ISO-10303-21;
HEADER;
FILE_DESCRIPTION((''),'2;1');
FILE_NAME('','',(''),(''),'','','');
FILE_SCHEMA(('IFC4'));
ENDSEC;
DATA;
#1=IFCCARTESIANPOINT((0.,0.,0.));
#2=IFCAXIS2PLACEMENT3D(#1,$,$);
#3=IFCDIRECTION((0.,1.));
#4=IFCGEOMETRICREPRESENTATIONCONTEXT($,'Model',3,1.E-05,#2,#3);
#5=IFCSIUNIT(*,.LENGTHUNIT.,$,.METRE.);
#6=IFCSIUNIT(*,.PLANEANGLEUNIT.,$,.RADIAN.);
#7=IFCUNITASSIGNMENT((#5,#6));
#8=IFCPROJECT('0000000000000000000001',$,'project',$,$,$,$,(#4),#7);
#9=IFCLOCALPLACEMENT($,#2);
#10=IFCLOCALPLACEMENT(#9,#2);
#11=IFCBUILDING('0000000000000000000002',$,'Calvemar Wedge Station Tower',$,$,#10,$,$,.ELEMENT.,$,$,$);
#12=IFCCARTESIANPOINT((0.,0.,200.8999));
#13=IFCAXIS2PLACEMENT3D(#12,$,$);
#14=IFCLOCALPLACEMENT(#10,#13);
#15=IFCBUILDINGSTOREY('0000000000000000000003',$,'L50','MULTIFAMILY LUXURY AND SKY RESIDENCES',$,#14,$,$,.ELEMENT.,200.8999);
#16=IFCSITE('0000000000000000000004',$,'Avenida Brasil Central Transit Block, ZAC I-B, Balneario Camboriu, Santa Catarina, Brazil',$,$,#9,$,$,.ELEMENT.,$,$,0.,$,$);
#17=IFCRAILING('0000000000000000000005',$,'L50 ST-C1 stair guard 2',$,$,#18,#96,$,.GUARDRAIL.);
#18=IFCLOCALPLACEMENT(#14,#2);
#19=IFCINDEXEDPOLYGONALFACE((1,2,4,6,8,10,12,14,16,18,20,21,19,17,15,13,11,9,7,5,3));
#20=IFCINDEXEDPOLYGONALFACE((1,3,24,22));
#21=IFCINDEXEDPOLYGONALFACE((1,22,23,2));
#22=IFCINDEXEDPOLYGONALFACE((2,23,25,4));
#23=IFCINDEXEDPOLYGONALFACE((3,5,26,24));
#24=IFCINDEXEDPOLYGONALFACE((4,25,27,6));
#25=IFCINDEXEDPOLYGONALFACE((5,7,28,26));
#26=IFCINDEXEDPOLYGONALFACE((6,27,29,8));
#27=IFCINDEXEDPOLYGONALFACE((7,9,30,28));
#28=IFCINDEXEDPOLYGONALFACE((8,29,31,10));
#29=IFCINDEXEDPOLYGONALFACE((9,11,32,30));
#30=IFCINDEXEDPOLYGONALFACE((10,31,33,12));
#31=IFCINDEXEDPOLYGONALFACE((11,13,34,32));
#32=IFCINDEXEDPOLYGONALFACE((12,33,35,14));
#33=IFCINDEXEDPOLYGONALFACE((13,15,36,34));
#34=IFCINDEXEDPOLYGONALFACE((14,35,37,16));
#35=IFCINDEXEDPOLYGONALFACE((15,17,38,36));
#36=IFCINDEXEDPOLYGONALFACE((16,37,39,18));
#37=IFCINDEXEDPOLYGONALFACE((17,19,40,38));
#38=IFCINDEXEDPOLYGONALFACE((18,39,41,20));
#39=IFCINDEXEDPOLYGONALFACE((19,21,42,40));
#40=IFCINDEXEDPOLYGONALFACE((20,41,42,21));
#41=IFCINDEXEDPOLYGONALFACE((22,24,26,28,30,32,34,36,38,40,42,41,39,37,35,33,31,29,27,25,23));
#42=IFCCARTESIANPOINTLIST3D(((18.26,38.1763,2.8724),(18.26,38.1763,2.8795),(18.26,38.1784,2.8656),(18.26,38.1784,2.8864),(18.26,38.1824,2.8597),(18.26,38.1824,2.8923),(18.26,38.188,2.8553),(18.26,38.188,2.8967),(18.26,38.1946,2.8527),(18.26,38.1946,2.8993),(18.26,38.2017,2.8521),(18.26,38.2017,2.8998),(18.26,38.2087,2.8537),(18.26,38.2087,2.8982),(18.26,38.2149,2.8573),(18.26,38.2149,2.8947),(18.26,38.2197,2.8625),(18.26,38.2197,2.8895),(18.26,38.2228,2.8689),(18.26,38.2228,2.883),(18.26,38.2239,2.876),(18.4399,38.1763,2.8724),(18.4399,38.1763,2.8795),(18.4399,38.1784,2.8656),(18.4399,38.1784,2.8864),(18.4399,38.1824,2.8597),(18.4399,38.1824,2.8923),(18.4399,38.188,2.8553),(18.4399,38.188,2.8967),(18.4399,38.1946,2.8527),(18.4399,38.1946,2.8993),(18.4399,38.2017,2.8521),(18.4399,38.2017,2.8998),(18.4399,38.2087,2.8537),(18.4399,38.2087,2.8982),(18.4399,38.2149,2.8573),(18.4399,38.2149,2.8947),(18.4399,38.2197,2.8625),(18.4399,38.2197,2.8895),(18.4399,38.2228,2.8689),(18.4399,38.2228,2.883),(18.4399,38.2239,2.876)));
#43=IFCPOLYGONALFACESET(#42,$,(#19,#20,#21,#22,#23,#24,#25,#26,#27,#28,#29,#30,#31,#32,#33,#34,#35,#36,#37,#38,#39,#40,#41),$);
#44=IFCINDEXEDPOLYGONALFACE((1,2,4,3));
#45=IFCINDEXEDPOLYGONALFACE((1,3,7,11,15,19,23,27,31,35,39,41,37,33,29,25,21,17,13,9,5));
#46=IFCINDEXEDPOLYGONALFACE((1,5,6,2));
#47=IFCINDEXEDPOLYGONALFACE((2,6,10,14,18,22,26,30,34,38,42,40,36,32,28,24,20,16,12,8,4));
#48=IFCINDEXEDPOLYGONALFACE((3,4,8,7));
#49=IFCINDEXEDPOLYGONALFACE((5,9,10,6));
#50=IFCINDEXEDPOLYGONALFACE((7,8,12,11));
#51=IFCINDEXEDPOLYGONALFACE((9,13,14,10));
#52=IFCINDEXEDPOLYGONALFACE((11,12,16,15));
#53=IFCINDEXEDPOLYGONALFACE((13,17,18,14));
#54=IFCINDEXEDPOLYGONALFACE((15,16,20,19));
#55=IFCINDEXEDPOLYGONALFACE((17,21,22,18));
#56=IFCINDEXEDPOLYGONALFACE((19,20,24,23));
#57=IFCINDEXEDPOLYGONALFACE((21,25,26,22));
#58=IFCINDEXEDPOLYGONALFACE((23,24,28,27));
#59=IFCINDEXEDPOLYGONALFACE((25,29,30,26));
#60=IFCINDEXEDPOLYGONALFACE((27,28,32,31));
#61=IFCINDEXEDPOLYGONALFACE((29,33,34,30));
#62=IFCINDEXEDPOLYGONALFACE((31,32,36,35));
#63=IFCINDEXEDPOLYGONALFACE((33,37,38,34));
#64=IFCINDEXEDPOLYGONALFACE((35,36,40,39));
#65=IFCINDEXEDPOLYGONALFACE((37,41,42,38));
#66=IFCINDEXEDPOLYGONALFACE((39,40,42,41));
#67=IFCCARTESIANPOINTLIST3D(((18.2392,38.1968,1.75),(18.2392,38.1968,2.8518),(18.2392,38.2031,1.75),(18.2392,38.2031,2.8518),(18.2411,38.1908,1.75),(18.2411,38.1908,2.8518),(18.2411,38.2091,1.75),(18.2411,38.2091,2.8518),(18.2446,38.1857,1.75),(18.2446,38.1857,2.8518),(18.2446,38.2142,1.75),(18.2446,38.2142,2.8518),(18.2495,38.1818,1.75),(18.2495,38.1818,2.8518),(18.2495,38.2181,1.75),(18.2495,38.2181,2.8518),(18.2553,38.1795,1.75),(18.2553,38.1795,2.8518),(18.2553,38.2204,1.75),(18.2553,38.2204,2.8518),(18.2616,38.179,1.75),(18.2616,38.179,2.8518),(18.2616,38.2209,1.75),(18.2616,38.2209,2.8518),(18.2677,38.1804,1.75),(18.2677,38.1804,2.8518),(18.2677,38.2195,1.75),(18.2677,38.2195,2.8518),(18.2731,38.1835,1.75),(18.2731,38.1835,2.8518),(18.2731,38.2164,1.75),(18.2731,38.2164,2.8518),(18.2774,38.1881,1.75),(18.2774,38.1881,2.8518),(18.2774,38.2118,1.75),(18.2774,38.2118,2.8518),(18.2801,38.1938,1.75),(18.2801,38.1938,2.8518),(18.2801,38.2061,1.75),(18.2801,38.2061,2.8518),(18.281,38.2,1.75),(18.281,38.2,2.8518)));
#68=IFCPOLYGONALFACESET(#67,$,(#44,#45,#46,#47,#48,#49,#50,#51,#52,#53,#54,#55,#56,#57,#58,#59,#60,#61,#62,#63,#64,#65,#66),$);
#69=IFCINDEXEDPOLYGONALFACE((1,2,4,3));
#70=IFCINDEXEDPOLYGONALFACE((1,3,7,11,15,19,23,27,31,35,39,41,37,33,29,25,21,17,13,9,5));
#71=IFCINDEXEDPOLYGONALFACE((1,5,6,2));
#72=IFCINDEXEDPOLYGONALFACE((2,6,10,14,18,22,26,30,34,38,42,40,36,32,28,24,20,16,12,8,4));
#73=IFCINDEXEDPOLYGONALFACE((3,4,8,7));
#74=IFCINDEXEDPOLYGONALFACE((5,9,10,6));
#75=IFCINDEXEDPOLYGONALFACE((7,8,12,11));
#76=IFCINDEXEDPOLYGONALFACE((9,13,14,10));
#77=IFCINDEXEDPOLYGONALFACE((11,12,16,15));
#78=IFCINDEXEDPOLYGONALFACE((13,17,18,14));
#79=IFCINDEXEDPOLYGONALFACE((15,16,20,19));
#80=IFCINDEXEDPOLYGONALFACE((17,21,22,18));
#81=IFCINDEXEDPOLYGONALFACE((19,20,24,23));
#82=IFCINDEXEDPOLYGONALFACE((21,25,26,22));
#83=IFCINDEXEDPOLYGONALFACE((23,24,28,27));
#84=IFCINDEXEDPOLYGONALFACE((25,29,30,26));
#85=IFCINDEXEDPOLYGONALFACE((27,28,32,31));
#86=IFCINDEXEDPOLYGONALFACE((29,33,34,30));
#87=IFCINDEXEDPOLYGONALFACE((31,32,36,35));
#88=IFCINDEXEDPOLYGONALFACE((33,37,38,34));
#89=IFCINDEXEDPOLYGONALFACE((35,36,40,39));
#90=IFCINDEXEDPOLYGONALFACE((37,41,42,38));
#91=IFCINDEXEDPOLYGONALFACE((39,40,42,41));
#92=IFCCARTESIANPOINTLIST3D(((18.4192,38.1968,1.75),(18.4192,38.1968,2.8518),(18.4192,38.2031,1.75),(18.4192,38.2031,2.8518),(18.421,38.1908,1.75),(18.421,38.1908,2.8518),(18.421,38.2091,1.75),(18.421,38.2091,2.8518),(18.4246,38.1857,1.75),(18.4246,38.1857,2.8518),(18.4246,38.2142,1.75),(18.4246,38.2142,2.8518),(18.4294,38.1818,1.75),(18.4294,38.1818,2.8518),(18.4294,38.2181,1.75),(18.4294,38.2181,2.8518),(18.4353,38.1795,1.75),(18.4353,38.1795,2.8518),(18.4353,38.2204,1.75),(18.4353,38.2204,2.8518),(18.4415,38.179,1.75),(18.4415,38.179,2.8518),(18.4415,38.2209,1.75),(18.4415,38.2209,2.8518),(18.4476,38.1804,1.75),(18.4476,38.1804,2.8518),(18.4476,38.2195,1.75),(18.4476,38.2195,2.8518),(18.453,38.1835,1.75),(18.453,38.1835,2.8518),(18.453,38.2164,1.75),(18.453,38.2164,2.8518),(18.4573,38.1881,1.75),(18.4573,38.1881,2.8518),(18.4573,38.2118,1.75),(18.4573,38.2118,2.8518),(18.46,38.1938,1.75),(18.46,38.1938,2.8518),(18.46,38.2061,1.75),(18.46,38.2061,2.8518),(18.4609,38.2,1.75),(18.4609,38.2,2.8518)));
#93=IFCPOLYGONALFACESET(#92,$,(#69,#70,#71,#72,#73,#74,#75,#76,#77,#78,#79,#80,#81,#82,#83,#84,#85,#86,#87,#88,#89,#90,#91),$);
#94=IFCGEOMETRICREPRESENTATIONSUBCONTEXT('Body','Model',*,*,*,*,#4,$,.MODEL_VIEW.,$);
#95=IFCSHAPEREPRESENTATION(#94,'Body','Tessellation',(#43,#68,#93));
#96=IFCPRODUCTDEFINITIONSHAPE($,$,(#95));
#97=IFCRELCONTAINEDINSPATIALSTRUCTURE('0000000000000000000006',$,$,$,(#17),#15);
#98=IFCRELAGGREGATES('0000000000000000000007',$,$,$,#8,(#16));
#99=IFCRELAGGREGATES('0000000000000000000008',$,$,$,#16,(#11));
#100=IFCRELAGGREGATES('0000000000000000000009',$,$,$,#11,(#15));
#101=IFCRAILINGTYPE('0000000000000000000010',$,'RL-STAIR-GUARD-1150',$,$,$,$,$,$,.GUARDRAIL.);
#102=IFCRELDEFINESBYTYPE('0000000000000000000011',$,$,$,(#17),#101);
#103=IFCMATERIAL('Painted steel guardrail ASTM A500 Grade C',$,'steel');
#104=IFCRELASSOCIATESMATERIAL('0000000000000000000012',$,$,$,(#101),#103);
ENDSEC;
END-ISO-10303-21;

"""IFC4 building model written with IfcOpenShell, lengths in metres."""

from ifc_helpers import new_model, si_unit, direction, frame, origin, origin_2d, place, context, subcontext, project, spatial, circle, extrude, material, type_object, element, save


model = new_model("IFC4")

# Units and contexts
model_context = context("Model", 3, precision=1e-05, world=origin(), true_north=direction((0.0, 1.0)))
body_context = subcontext(model_context, "Body", "Model", "MODEL_VIEW")
ifc_project = project(units=[si_unit("LENGTHUNIT", "METRE"), si_unit("PLANEANGLEUNIT", "RADIAN")], contexts=[model_context])

# Site, building, storey
site_placement = place(None, origin())
site = spatial("IfcSite", under=ifc_project, at=site_placement, Name="Avenida Brasil Central Transit Block, ZAC I-B, Balneario Camboriu, Santa Catarina, Brazil", CompositionType="ELEMENT", RefElevation=0.0)
building_placement = place(site_placement, origin())
building = spatial("IfcBuilding", under=site, at=building_placement, Name="Calvemar Wedge Station Tower", CompositionType="ELEMENT")
storey_placement = place(building_placement, frame((0.0, 0.0, 200.8999)))
storey = spatial("IfcBuildingStorey", under=building, at=storey_placement, Name="L50", Description="MULTIFAMILY LUXURY AND SKY RESIDENCES", CompositionType="ELEMENT", Elevation=200.8999)

# Railing
ifc_material_1 = material(Name="Painted steel guardrail ASTM A500 Grade C", Category="steel")
railing_type = type_object("IfcRailingType", Name="RL-STAIR-GUARD-1150", PredefinedType="GUARDRAIL", material=ifc_material_1)
railing_placement = place(storey_placement, frame((18.26, 38.2, 1.75)))
element("IfcRailing", 1, at=railing_placement, inside=storey, type_object=railing_type, Name="L50 ST-C1 stair guard 2", PredefinedType="GUARDRAIL", context=body_context, shape_type="SweptSolid", body=[
    extrude(circle(Radius=0.0239, at=origin_2d()), frame((0.0, 0.0, 1.126), z_axis=(1.0, 0.0, 0.0), x_axis=(0.0, 1.0, 0.0)), (0.0, 0.0, 1.0), 0.1799),
    extrude(circle(Radius=0.021, at=origin_2d()), origin(), (0.0, 0.0, 1.0), 1.1018),
    extrude(circle(Radius=0.021, at=origin_2d()), frame((0.1799, 0.0, 0.0)), (0.0, 0.0, 1.0), 1.1018),
])

save(model, "model.ifc")
